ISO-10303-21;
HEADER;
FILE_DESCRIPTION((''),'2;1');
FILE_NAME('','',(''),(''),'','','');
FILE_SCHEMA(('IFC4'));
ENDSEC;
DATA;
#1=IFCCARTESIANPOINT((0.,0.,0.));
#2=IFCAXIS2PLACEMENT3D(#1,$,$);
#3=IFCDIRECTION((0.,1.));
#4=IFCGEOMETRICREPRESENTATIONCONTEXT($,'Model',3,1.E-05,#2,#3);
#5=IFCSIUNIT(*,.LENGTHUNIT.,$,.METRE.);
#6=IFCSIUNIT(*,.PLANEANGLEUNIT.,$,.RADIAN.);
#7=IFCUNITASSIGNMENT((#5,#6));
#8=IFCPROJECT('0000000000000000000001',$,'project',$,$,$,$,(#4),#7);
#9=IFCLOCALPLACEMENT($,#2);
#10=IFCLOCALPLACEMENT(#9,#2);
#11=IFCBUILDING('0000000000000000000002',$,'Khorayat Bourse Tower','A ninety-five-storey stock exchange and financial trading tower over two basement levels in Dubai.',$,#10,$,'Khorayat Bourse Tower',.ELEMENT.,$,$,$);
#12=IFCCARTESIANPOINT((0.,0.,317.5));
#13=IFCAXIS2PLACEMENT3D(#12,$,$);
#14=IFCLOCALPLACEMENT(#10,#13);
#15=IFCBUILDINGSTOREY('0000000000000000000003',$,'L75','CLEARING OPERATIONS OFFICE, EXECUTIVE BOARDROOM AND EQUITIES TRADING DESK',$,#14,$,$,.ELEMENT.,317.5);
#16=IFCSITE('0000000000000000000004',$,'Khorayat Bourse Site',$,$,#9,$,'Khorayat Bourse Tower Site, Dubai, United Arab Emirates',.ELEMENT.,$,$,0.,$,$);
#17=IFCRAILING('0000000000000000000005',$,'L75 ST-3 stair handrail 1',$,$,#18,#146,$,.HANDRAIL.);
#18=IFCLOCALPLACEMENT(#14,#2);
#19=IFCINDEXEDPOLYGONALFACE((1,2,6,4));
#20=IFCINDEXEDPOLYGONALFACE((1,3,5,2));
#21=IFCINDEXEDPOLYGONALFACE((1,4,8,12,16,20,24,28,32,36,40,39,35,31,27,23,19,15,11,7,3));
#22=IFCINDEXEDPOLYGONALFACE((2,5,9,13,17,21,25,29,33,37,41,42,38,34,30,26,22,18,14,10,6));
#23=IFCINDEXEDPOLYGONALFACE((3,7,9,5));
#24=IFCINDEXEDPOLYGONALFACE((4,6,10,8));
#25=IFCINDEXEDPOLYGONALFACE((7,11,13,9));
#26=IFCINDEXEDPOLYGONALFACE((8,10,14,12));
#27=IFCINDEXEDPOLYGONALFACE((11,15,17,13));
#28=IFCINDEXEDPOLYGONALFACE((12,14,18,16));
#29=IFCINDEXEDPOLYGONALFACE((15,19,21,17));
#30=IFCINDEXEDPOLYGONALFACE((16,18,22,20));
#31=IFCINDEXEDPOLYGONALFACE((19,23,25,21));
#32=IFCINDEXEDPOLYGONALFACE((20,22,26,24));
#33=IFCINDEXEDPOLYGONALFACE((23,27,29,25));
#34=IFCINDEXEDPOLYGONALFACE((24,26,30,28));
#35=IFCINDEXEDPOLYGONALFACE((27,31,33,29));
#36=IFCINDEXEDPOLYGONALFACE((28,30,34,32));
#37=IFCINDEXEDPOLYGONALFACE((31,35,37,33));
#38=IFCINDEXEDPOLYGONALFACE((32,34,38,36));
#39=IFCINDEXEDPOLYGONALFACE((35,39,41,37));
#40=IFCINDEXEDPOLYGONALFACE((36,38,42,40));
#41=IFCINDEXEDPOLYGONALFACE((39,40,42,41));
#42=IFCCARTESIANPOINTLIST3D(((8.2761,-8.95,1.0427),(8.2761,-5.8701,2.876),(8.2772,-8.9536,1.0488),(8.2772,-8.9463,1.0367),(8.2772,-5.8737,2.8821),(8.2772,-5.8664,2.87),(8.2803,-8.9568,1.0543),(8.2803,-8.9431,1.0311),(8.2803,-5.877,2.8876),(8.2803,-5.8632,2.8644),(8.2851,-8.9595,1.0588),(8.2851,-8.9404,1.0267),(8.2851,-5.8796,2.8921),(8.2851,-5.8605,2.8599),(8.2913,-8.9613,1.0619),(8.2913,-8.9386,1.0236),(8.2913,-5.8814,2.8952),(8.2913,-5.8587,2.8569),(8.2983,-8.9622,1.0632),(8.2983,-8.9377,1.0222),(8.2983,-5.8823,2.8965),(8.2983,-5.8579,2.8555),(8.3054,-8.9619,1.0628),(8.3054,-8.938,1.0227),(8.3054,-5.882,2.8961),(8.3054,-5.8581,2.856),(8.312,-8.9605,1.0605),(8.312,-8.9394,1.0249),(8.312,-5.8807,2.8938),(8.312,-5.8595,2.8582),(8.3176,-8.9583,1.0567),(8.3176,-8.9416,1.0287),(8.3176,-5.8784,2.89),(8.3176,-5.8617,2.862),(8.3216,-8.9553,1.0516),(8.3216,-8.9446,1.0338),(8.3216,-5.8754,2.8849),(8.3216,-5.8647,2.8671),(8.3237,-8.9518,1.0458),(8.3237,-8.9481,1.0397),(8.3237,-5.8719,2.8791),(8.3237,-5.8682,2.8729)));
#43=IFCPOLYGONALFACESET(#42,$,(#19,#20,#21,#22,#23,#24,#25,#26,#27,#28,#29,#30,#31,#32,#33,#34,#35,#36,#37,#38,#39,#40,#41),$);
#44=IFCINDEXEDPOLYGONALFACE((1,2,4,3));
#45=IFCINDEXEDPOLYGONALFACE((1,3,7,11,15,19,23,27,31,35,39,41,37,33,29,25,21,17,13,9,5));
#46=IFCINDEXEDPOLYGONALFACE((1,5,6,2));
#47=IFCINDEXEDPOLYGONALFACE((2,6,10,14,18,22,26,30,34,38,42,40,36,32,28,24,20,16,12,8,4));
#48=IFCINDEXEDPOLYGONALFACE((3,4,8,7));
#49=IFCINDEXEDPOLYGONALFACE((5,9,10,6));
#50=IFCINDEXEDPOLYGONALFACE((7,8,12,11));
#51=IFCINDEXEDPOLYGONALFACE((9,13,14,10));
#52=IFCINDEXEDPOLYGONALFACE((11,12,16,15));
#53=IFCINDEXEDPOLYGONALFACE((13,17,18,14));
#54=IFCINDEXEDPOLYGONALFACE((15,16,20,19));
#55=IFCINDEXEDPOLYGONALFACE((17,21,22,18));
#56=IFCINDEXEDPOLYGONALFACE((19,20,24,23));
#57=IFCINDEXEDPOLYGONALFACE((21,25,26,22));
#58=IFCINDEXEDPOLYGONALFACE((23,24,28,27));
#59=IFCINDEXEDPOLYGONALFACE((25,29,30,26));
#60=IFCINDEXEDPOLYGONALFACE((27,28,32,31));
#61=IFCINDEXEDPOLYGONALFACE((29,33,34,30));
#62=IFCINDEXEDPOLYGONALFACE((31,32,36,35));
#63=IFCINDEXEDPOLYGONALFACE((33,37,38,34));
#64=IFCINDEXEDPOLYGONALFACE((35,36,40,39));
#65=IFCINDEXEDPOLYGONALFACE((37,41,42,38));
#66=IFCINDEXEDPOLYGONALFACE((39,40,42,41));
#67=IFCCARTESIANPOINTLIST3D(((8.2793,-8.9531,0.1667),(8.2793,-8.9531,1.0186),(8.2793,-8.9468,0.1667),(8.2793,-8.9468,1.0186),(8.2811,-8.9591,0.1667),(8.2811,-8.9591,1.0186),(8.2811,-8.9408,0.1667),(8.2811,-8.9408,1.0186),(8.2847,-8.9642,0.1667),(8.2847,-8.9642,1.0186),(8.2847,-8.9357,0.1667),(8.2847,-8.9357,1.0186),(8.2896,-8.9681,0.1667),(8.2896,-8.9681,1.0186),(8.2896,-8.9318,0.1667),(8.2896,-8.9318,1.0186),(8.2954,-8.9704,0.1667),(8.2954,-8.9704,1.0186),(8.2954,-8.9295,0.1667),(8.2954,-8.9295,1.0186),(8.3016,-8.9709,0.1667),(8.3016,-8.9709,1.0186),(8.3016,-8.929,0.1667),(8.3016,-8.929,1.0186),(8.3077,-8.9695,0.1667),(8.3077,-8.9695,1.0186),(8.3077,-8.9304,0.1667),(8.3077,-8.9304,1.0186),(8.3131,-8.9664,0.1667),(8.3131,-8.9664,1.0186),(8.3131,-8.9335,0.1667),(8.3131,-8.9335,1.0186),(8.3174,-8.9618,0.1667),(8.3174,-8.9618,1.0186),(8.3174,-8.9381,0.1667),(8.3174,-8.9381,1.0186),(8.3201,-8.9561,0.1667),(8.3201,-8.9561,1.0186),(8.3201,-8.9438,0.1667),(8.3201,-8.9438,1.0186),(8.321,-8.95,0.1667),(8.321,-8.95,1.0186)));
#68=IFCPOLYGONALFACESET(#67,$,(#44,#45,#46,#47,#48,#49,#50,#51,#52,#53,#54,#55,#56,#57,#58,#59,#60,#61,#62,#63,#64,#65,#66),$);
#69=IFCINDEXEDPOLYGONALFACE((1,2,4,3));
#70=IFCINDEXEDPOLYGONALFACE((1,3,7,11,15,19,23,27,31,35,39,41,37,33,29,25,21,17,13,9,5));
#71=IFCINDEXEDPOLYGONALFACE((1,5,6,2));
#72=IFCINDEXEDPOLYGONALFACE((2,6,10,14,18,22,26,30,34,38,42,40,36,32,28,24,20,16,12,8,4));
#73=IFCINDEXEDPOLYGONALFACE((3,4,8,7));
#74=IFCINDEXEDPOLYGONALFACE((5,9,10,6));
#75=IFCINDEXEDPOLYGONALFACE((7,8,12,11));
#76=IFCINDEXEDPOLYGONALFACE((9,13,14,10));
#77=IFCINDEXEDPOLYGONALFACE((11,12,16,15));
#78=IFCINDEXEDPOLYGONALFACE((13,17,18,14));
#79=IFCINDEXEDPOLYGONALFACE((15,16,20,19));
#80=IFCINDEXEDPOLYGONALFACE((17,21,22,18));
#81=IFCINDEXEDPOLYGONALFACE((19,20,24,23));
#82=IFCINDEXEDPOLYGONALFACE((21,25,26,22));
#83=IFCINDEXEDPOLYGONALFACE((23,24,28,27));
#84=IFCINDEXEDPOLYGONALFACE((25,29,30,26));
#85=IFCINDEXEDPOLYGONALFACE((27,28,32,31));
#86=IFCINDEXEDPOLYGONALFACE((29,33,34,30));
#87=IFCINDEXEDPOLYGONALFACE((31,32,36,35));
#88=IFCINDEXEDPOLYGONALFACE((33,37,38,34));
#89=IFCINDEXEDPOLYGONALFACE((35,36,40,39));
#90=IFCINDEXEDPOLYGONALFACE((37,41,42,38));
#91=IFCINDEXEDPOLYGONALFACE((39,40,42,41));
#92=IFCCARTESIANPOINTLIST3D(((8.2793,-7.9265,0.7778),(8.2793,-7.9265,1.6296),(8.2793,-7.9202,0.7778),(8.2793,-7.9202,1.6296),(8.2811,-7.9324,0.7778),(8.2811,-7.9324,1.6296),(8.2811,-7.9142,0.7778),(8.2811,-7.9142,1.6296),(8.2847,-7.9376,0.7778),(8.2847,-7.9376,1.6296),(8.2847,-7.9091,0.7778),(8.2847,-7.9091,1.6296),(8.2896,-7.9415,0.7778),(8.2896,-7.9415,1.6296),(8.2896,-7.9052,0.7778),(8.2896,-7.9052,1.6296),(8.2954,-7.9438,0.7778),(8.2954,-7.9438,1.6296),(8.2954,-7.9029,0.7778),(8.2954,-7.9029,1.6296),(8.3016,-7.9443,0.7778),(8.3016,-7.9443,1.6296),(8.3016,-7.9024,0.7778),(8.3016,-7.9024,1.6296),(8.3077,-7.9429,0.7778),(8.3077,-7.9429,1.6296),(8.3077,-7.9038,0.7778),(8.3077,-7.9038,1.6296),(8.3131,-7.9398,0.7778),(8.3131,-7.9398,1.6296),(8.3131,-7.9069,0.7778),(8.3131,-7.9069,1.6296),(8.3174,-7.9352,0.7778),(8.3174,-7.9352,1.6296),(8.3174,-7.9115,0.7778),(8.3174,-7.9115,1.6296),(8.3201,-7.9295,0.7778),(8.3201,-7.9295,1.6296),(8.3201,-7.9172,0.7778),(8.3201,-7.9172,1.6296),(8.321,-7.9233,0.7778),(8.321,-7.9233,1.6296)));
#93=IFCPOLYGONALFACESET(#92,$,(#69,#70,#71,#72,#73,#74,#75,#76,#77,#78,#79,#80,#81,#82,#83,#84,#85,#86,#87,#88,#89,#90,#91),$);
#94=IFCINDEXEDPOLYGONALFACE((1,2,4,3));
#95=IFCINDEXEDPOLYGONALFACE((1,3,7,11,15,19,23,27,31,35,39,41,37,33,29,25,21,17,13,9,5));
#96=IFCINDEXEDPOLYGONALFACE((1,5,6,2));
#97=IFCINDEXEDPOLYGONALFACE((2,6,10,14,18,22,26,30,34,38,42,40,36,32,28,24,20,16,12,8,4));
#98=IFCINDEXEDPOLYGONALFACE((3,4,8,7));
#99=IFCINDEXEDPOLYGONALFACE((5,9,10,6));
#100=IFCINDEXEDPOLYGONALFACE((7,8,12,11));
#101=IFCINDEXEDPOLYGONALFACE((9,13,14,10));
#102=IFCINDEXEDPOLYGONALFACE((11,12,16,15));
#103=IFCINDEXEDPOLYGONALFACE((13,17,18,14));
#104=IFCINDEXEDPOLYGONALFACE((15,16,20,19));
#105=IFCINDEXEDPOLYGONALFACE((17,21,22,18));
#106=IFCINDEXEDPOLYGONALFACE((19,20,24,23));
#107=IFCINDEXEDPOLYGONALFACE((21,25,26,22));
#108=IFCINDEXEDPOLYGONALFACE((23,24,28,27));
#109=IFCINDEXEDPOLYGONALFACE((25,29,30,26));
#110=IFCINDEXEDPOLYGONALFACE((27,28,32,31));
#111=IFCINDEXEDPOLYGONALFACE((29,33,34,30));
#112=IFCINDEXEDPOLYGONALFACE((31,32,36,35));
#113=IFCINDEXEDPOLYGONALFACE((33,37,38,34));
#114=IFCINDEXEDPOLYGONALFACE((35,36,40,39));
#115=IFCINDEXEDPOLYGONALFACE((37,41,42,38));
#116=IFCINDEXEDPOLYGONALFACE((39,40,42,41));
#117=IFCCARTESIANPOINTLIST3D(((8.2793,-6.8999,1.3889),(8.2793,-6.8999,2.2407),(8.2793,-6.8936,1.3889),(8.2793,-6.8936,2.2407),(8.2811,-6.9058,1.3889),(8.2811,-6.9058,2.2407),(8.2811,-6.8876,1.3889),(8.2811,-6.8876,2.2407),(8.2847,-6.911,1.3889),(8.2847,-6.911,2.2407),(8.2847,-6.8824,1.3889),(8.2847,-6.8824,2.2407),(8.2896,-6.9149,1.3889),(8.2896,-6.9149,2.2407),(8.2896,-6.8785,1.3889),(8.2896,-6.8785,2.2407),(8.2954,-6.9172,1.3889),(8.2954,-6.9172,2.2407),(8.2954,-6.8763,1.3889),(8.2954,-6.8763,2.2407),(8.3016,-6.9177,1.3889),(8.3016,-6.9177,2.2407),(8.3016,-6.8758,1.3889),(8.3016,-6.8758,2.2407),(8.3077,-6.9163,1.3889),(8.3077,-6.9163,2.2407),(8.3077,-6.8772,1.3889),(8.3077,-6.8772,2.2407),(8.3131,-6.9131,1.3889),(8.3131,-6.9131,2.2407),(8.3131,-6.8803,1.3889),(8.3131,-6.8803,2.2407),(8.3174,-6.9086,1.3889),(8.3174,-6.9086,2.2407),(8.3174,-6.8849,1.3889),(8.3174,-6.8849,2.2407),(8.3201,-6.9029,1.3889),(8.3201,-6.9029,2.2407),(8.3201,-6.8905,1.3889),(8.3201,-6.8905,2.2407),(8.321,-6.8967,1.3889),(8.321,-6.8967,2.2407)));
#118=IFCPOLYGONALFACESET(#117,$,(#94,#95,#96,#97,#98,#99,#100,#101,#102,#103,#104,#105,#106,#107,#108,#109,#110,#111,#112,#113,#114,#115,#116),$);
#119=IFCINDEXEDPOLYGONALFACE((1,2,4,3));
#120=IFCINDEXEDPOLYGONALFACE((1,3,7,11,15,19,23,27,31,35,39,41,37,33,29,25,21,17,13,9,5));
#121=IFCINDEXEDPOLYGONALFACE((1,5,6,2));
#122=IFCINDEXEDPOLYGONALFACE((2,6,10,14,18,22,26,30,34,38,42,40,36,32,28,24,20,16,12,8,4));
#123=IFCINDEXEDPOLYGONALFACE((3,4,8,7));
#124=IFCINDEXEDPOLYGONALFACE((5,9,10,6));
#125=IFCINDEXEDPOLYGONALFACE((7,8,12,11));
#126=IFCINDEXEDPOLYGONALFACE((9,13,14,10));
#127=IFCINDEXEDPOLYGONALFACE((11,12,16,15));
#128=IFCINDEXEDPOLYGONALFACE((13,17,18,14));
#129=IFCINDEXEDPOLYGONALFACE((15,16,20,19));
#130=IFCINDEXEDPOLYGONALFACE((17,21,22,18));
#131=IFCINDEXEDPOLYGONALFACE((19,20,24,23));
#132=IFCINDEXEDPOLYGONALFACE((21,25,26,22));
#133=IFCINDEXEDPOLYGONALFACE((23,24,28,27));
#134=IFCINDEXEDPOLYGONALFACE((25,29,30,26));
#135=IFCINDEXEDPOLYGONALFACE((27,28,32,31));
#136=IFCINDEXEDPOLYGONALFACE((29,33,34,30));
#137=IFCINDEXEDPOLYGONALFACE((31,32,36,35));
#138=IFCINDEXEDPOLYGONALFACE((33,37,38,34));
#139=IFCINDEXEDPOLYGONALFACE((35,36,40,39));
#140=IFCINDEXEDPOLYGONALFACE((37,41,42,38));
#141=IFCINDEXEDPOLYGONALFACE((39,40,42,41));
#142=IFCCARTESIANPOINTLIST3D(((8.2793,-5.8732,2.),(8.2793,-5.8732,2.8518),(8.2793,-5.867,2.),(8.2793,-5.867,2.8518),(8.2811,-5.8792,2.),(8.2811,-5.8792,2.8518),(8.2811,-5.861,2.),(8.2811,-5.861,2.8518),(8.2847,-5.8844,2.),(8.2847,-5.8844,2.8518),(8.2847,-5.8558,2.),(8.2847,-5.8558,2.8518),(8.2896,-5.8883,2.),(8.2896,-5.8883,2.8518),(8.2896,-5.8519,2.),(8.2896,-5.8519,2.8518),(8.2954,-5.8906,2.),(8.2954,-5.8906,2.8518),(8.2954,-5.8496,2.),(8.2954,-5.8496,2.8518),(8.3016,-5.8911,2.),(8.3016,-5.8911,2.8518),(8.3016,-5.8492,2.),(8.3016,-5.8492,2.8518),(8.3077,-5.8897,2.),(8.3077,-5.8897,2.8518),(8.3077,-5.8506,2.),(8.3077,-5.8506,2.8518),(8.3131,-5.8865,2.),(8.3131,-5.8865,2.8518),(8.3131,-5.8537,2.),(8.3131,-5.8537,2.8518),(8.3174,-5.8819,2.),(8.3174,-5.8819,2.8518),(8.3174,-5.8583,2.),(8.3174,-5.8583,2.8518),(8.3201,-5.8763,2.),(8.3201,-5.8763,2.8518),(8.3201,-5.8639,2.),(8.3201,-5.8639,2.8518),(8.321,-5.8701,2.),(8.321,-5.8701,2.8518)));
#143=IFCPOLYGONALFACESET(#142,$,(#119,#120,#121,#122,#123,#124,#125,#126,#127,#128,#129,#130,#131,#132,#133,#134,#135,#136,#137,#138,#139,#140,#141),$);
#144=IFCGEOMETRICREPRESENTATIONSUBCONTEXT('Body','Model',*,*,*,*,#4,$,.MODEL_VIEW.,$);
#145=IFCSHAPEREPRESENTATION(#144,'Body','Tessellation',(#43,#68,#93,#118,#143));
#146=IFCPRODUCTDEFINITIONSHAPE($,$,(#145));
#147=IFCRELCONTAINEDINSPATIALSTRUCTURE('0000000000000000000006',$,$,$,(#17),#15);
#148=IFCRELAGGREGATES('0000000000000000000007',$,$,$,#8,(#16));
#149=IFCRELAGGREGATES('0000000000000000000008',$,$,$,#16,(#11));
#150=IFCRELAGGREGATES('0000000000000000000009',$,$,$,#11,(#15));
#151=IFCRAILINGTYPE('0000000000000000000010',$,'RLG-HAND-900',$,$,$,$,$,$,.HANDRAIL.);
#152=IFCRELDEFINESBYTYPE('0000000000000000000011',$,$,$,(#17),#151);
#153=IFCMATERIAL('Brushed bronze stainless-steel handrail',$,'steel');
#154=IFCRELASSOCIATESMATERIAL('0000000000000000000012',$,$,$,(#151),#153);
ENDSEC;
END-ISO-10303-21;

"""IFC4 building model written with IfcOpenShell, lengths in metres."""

from ifc_helpers import new_model, si_unit, direction, frame, origin, origin_2d, place, context, subcontext, project, spatial, circle, extrude, source, transform, mapped, material, type_object, element, save


model = new_model("IFC4")

# Units and contexts
model_context = context("Model", 3, precision=1e-05, world=origin(), true_north=direction((0.0, 1.0)))
body_context = subcontext(model_context, "Body", "Model", "MODEL_VIEW")
ifc_project = project(units=[si_unit("LENGTHUNIT", "METRE"), si_unit("PLANEANGLEUNIT", "RADIAN")], contexts=[model_context])

# Site, building, storey
site_placement = place(None, origin())
site = spatial("IfcSite", under=ifc_project, at=site_placement, Name="Khorayat Bourse Site", LongName="Khorayat Bourse Tower Site, Dubai, United Arab Emirates", CompositionType="ELEMENT", RefElevation=0.0)
building_placement = place(site_placement, origin())
building = spatial("IfcBuilding", under=site, at=building_placement, Name="Khorayat Bourse Tower", Description="A ninety-five-storey stock exchange and financial trading tower over two basement levels in Dubai.", LongName="Khorayat Bourse Tower", CompositionType="ELEMENT")
storey_placement = place(building_placement, frame((0.0, 0.0, 317.5)))
storey = spatial("IfcBuildingStorey", under=building, at=storey_placement, Name="L75", Description="CLEARING OPERATIONS OFFICE, EXECUTIVE BOARDROOM AND EQUITIES TRADING DESK", CompositionType="ELEMENT", Elevation=317.5)

# Railing
ifc_material_1 = material(Name="Brushed bronze stainless-steel handrail", Category="steel")
railing_type_1 = type_object("IfcRailingType", Name="RLG-HAND-900", PredefinedType="HANDRAIL", material=ifc_material_1)
shared_shape_1 = source(origin(), body_context, "Body", "SweptSolid", [
    extrude(circle(Radius=0.0239, at=origin_2d()), frame((0.0, 0.0, 0.876), z_axis=(0.0, 0.859291, 0.511487), x_axis=(-1.0, 0.0, 0.0)), (0.0, 0.0, 1.0), 3.5842),
    extrude(circle(Radius=0.021, at=origin_2d()), origin(), (0.0, 0.0, 1.0), 0.8518),
    extrude(circle(Radius=0.021, at=origin_2d()), frame((0.0, 1.0266, 0.6111)), (0.0, 0.0, 1.0), 0.8518),
    extrude(circle(Radius=0.021, at=origin_2d()), frame((0.0, 2.0532, 1.2222)), (0.0, 0.0, 1.0), 0.8518),
    extrude(circle(Radius=0.021, at=origin_2d()), frame((0.0, 3.0798, 1.8333)), (0.0, 0.0, 1.0), 0.8518),
])
railing_1_placement = place(storey_placement, frame((8.3, -8.95, 0.1667)))
element("IfcRailing", 1, at=railing_1_placement, inside=storey, type_object=railing_type_1, Name="L75 ST-3 stair handrail 1", PredefinedType="HANDRAIL", context=body_context, shape_type="MappedRepresentation", body=[
    mapped(shared_shape_1, transform((0.0, 0.0, 0.0), scale=1.0)),
])

save(model, "model.ifc")
